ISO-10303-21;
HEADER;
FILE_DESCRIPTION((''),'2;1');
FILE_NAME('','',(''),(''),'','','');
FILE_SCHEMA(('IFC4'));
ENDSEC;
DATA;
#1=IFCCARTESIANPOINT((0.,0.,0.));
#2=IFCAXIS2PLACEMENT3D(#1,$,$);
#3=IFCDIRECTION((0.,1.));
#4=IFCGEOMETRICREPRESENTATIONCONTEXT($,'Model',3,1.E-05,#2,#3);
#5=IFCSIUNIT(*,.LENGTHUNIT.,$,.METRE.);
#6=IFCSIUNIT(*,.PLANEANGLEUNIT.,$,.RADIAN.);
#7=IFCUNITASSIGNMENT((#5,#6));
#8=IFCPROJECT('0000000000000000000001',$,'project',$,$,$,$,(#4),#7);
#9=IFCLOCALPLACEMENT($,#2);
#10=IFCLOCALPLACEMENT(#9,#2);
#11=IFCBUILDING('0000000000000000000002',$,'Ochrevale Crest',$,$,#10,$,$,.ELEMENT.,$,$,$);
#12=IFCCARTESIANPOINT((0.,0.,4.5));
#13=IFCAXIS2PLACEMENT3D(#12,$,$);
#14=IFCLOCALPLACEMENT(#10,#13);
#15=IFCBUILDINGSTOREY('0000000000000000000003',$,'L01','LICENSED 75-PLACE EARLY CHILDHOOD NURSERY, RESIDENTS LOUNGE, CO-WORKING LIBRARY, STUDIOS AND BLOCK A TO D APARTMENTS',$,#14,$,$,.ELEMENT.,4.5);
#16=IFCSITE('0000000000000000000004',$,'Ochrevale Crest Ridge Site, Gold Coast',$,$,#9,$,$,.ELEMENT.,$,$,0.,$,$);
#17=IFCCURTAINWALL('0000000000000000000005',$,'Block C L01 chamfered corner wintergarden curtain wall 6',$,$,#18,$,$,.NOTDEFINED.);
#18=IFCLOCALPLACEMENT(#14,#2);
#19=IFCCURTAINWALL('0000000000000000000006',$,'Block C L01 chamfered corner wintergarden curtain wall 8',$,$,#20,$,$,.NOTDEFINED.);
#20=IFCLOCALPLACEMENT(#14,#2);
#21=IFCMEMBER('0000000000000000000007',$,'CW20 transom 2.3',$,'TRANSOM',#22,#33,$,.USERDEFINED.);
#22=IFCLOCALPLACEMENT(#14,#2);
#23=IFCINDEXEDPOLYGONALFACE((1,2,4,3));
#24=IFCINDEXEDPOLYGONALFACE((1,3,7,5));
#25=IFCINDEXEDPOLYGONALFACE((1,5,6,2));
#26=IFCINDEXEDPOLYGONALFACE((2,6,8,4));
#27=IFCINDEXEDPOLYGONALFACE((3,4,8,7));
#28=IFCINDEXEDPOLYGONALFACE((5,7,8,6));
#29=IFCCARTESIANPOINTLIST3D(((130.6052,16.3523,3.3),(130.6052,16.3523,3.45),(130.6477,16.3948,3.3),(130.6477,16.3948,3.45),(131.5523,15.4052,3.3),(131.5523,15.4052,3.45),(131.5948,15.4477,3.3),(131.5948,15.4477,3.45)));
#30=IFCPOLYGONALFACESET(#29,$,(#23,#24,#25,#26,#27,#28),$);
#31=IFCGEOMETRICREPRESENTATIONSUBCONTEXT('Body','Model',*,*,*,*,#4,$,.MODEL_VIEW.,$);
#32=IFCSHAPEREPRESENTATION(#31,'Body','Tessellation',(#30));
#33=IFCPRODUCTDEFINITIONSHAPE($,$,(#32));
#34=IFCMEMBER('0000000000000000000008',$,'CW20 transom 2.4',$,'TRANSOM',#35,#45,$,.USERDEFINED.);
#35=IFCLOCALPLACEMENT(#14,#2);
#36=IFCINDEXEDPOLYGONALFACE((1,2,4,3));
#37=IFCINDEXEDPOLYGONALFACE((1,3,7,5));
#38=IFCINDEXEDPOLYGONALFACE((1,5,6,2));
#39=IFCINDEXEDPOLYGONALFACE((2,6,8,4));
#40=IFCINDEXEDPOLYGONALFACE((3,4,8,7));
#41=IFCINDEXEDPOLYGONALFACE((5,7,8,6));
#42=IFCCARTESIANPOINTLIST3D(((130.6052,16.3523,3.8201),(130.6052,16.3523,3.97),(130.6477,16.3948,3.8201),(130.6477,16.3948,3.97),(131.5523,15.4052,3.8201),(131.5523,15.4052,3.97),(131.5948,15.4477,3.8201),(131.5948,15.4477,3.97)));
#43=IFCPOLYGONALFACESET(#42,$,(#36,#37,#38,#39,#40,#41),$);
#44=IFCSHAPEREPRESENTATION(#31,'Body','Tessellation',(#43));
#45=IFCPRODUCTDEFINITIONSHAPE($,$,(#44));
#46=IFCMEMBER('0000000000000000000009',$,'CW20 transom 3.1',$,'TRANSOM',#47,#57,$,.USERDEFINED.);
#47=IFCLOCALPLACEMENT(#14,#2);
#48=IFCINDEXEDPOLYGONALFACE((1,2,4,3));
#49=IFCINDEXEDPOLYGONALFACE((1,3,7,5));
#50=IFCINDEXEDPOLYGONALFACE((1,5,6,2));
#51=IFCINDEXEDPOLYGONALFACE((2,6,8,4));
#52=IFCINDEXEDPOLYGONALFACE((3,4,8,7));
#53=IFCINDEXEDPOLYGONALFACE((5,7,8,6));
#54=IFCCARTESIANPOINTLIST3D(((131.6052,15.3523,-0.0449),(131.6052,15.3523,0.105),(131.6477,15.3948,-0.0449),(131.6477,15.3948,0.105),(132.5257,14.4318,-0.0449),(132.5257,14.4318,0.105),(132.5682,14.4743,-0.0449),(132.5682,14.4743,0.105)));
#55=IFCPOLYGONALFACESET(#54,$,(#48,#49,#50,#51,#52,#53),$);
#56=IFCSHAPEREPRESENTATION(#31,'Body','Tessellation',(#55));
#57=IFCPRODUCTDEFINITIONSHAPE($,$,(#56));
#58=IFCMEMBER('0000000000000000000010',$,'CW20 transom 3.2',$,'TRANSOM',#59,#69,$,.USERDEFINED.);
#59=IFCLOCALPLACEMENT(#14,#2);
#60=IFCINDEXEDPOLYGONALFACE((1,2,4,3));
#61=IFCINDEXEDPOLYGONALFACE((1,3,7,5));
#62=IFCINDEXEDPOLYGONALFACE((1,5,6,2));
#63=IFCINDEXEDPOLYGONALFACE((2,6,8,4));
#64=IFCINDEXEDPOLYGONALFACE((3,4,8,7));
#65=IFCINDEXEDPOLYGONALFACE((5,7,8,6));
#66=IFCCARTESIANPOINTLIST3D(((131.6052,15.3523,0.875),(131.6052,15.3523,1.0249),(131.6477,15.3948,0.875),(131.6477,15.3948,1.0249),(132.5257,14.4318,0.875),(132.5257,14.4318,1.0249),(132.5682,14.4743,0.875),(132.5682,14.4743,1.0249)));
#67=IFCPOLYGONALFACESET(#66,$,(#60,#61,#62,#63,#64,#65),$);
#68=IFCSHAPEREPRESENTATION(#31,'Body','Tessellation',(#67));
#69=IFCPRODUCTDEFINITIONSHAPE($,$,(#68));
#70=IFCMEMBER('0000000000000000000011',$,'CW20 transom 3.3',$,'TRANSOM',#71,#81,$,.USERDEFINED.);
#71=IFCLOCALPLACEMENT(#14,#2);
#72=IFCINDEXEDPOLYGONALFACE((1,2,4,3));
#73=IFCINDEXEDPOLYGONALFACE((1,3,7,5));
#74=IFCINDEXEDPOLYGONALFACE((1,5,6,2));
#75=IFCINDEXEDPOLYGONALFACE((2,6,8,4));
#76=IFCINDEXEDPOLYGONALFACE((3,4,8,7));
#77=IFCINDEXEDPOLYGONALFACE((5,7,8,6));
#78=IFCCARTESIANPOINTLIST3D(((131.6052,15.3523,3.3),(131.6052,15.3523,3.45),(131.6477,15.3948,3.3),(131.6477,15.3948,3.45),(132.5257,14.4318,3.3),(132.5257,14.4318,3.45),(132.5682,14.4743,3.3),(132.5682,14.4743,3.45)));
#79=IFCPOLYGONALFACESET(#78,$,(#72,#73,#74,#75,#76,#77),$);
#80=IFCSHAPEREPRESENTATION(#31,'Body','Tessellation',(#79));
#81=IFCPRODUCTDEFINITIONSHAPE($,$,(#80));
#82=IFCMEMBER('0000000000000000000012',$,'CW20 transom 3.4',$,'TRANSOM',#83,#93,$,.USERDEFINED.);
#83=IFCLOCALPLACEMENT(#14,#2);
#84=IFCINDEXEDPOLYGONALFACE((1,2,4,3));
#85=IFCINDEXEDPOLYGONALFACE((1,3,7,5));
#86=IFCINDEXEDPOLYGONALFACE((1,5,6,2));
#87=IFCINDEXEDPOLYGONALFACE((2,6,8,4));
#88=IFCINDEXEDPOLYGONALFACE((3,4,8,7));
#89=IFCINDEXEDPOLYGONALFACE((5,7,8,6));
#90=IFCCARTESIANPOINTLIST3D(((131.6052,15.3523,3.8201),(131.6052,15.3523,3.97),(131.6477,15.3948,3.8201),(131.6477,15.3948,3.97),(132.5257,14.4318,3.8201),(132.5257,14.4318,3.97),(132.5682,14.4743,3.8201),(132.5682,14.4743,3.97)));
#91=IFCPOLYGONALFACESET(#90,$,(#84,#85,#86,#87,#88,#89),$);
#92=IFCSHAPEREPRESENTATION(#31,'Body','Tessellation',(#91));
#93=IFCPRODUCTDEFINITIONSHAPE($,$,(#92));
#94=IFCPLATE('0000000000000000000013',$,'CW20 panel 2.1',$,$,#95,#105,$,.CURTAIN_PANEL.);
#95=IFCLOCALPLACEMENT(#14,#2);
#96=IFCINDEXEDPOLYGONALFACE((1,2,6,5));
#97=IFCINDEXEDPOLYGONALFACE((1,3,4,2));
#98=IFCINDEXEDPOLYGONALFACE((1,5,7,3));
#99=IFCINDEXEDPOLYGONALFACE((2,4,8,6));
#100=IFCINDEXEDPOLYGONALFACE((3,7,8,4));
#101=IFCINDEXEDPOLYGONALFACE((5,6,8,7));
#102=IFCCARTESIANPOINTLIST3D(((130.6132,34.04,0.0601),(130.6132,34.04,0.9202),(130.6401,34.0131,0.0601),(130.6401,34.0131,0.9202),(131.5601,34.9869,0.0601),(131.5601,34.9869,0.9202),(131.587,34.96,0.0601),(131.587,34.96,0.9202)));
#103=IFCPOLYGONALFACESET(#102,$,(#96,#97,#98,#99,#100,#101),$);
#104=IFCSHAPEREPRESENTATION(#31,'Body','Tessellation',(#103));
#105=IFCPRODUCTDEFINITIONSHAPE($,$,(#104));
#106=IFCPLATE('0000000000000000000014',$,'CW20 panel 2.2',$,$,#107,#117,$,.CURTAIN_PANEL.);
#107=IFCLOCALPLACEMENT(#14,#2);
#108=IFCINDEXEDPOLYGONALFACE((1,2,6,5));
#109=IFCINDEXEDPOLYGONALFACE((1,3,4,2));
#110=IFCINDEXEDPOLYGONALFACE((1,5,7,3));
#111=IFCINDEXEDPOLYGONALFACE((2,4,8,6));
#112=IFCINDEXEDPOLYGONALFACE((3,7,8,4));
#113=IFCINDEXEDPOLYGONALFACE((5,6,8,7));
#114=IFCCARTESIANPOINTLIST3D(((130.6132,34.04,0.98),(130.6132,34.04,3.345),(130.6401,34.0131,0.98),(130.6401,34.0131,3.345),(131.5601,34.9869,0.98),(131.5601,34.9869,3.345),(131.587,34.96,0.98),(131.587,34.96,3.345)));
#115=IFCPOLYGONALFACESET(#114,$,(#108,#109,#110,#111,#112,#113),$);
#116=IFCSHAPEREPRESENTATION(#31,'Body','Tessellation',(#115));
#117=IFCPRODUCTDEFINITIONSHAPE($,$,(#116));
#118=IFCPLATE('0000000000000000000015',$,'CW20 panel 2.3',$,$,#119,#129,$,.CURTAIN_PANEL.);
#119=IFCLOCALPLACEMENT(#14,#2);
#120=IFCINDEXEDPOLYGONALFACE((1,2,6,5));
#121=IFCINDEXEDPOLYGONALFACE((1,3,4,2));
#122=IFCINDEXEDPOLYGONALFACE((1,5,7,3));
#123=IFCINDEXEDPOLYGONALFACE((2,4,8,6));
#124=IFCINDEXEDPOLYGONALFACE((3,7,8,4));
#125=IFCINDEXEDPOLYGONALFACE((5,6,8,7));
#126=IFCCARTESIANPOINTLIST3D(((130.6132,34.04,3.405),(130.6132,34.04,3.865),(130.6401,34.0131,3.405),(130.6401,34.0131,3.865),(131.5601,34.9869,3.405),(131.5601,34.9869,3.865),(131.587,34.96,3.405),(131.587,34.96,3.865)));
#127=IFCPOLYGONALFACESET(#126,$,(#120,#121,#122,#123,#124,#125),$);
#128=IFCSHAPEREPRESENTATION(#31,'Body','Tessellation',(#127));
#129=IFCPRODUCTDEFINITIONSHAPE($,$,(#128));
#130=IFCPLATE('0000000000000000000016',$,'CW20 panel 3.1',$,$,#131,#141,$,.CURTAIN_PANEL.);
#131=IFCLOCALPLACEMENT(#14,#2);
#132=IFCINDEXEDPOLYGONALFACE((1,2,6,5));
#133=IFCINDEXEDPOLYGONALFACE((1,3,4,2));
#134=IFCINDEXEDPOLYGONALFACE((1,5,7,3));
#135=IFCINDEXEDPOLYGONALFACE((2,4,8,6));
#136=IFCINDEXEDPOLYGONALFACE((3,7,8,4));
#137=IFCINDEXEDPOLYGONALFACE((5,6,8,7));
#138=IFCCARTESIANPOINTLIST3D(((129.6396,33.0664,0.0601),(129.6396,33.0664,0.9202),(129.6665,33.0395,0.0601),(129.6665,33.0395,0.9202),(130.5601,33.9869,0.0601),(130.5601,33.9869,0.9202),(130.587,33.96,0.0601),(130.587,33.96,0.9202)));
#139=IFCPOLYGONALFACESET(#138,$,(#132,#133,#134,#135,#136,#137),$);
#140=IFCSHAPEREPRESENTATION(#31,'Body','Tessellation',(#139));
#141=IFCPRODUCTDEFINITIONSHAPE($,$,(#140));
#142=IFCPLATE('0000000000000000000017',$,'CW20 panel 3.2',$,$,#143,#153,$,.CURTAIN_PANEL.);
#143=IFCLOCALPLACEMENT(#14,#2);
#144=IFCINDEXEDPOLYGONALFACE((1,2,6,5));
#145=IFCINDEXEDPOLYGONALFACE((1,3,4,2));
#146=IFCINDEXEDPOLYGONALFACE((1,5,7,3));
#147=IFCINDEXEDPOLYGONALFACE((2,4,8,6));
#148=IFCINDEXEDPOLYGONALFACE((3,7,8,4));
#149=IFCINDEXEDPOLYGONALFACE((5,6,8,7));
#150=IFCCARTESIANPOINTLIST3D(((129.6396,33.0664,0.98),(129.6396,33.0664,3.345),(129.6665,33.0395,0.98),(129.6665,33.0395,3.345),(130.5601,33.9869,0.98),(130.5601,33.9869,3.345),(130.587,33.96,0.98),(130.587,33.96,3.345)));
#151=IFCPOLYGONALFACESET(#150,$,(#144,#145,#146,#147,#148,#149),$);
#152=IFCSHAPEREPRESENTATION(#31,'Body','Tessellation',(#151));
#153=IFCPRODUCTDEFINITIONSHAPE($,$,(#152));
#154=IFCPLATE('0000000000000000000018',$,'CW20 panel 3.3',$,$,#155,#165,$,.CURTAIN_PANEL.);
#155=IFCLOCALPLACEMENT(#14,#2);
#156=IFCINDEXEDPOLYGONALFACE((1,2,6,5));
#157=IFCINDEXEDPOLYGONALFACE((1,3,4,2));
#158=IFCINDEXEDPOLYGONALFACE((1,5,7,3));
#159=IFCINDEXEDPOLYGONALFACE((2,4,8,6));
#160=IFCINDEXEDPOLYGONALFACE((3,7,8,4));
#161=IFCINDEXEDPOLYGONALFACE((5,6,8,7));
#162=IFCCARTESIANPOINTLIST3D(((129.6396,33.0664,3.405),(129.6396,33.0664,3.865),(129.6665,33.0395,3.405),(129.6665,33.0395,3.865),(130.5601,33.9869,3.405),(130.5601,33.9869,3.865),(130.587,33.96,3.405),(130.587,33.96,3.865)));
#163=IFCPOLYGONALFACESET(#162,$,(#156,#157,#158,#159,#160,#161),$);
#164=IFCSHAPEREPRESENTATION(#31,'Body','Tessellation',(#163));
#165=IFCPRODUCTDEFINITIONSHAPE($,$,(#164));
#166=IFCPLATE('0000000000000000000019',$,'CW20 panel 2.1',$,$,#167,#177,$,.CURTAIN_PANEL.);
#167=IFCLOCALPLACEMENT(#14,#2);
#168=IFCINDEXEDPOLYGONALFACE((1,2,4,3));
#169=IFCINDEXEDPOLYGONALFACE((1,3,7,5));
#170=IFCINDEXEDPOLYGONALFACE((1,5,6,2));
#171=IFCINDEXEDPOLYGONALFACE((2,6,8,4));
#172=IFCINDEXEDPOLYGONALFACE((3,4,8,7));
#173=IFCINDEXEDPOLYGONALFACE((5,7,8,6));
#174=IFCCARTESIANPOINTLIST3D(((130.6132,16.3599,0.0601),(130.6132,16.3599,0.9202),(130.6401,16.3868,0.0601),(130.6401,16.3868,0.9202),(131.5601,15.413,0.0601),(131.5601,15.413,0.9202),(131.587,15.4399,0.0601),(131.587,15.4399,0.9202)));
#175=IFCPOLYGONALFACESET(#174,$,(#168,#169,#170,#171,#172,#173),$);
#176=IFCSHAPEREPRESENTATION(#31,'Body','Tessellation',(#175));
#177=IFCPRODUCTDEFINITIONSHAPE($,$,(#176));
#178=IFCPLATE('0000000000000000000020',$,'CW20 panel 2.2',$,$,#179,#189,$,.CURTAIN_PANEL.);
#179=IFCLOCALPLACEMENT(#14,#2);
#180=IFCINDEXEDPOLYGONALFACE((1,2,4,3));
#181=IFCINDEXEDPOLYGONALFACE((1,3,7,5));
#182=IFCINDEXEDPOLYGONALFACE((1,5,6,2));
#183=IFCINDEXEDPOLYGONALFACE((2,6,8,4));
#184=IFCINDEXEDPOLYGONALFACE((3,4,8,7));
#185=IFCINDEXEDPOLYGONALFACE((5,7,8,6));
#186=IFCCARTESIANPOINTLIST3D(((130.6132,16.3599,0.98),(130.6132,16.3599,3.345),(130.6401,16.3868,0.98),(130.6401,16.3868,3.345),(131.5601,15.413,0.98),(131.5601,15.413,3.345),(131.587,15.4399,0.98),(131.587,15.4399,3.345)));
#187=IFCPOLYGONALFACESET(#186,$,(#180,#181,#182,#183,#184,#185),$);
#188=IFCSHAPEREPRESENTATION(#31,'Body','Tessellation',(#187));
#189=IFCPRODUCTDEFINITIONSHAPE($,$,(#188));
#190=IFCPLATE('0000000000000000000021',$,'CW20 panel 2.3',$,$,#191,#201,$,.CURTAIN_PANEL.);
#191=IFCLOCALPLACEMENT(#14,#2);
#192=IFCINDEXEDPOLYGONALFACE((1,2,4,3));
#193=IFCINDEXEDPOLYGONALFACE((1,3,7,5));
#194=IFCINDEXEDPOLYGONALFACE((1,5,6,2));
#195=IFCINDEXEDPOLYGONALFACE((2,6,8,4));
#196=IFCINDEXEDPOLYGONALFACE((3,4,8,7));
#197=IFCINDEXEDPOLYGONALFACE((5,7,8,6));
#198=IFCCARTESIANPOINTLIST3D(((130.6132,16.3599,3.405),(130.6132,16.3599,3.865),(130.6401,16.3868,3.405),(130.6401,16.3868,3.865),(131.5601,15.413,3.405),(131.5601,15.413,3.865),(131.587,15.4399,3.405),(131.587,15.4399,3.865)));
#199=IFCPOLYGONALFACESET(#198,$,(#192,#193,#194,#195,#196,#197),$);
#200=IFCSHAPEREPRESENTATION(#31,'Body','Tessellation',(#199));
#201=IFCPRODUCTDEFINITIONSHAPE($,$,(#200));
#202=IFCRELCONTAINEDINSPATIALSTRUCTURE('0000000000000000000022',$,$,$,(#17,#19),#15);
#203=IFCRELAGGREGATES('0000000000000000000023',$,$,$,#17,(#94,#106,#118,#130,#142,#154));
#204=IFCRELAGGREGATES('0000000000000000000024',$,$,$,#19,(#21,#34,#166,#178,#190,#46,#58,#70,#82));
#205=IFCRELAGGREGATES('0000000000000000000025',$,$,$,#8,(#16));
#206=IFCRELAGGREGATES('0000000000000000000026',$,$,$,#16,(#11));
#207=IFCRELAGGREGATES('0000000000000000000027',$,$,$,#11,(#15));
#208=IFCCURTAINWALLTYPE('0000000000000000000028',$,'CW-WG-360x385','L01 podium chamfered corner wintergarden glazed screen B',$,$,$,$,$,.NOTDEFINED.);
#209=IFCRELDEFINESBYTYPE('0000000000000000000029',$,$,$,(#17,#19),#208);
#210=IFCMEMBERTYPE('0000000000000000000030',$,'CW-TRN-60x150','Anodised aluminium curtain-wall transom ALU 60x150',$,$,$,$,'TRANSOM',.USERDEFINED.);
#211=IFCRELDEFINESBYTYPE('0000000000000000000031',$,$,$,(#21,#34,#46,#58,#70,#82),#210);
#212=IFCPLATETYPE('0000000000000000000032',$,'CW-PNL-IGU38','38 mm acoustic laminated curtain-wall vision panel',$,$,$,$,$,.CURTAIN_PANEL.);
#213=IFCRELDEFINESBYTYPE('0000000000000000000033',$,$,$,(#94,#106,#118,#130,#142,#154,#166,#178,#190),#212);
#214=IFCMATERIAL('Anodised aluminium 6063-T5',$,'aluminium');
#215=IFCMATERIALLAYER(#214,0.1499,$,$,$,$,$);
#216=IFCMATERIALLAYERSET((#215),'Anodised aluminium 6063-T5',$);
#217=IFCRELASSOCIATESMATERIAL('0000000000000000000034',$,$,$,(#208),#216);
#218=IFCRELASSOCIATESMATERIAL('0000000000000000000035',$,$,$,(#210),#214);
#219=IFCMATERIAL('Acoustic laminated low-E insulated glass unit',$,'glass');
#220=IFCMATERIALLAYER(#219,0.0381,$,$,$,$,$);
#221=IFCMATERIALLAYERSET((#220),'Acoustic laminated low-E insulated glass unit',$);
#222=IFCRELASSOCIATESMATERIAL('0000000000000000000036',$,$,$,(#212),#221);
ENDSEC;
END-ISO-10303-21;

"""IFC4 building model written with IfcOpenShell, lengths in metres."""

from ifc_helpers import new_model, si_unit, direction, frame, origin, origin_2d, place, context, subcontext, project, spatial, rectangle, extrude, material, layer, layer_set, material_profile, profile_set, type_object, element, aggregate, save


model = new_model("IFC4")

# Units and contexts
model_context = context("Model", 3, precision=1e-05, world=origin(), true_north=direction((0.0, 1.0)))
body_context = subcontext(model_context, "Body", "Model", "MODEL_VIEW")
ifc_project = project(units=[si_unit("LENGTHUNIT", "METRE"), si_unit("PLANEANGLEUNIT", "RADIAN")], contexts=[model_context])

# Site, building, storey
site_placement = place(None, origin())
site = spatial("IfcSite", under=ifc_project, at=site_placement, Name="Ochrevale Crest Ridge Site, Gold Coast", CompositionType="ELEMENT", RefElevation=0.0)
building_placement = place(site_placement, origin())
building = spatial("IfcBuilding", under=site, at=building_placement, Name="Ochrevale Crest", CompositionType="ELEMENT")
storey_placement = place(building_placement, frame((0.0, 0.0, 4.5)))
storey = spatial("IfcBuildingStorey", under=building, at=storey_placement, Name="L01", Description="LICENSED 75-PLACE EARLY CHILDHOOD NURSERY, RESIDENTS LOUNGE, CO-WORKING LIBRARY, STUDIOS AND BLOCK A TO D APARTMENTS", CompositionType="ELEMENT", Elevation=4.5)

# Curtain walls
ifc_material_1 = material(Name="Anodised aluminium 6063-T5", Category="aluminium")
ifc_layer_1 = layer(ifc_material_1, 0.1499)
ifc_layer_set_1 = layer_set([ifc_layer_1], Name="Anodised aluminium 6063-T5")
curtain_wall_type = type_object("IfcCurtainWallType", Name="CW-WG-360x385", Description="L01 podium chamfered corner wintergarden glazed screen B", PredefinedType="NOTDEFINED", material=ifc_layer_set_1)
curtain_wall_1_placement = place(storey_placement, origin())
curtain_wall_1 = element("IfcCurtainWall", 1, at=curtain_wall_1_placement, inside=storey, type_object=curtain_wall_type, Name="Block C L01 chamfered corner wintergarden curtain wall 6", PredefinedType="NOTDEFINED")
curtain_wall_2_placement = place(storey_placement, origin())
curtain_wall_2 = element("IfcCurtainWall", 2, at=curtain_wall_2_placement, inside=storey, type_object=curtain_wall_type, Name="Block C L01 chamfered corner wintergarden curtain wall 8", PredefinedType="NOTDEFINED")

# Members
ifc_material_profile_1 = material_profile(ifc_material_1, rectangle(XDim=0.0601, YDim=0.1499, at=origin_2d()), Name="ALU 60x150")
ifc_profile_set_1 = profile_set([ifc_material_profile_1], Name="Anodised aluminium 6063-T5")
member_type_1 = type_object("IfcMemberType", Name="CW-TRN-60x150", Description="Anodised aluminium curtain-wall transom ALU 60x150", ElementType="TRANSOM", PredefinedType="USERDEFINED", material=ifc_profile_set_1)
member_1_placement = place(storey_placement, frame((130.6265, 16.3735, 3.375), z_axis=(0.707107, -0.707107, 0.0), x_axis=(0.707107, 0.707107, 0.0)))
member_1 = element("IfcMember", 3, at=member_1_placement, type_object=member_type_1, Name="CW20 transom 2.3", ObjectType="TRANSOM", PredefinedType="USERDEFINED", context=body_context, shape_type="SweptSolid", body=[
    extrude(rectangle(XDim=0.0601, YDim=0.1499, at=origin_2d()), origin(), (0.0, 0.0, 1.0), 1.3394),
])
member_2_placement = place(storey_placement, frame((130.6265, 16.3735, 3.895), z_axis=(0.707107, -0.707107, 0.0), x_axis=(0.707107, 0.707107, 0.0)))
member_2 = element("IfcMember", 4, at=member_2_placement, type_object=member_type_1, Name="CW20 transom 2.4", ObjectType="TRANSOM", PredefinedType="USERDEFINED", context=body_context, shape_type="SweptSolid", body=[
    extrude(rectangle(XDim=0.0601, YDim=0.1499, at=origin_2d()), origin(), (0.0, 0.0, 1.0), 1.3394),
])
member_3_placement = place(storey_placement, frame((131.6265, 15.3735, 0.03), z_axis=(0.707107, -0.707107, 0.0), x_axis=(0.707107, 0.707107, 0.0)))
member_3 = element("IfcMember", 5, at=member_3_placement, type_object=member_type_1, Name="CW20 transom 3.1", ObjectType="TRANSOM", PredefinedType="USERDEFINED", context=body_context, shape_type="SweptSolid", body=[
    extrude(rectangle(XDim=0.0601, YDim=0.1499, at=origin_2d()), origin(), (0.0, 0.0, 1.0), 1.3018),
])
member_4_placement = place(storey_placement, frame((131.6265, 15.3735, 0.95), z_axis=(0.707107, -0.707107, 0.0), x_axis=(0.707107, 0.707107, 0.0)))
member_4 = element("IfcMember", 6, at=member_4_placement, type_object=member_type_1, Name="CW20 transom 3.2", ObjectType="TRANSOM", PredefinedType="USERDEFINED", context=body_context, shape_type="SweptSolid", body=[
    extrude(rectangle(XDim=0.0601, YDim=0.1499, at=origin_2d()), origin(), (0.0, 0.0, 1.0), 1.3018),
])
member_5_placement = place(storey_placement, frame((131.6265, 15.3735, 3.375), z_axis=(0.707107, -0.707107, 0.0), x_axis=(0.707107, 0.707107, 0.0)))
member_5 = element("IfcMember", 7, at=member_5_placement, type_object=member_type_1, Name="CW20 transom 3.3", ObjectType="TRANSOM", PredefinedType="USERDEFINED", context=body_context, shape_type="SweptSolid", body=[
    extrude(rectangle(XDim=0.0601, YDim=0.1499, at=origin_2d()), origin(), (0.0, 0.0, 1.0), 1.3018),
])
member_6_placement = place(storey_placement, frame((131.6265, 15.3735, 3.895), z_axis=(0.707107, -0.707107, 0.0), x_axis=(0.707107, 0.707107, 0.0)))
member_6 = element("IfcMember", 8, at=member_6_placement, type_object=member_type_1, Name="CW20 transom 3.4", ObjectType="TRANSOM", PredefinedType="USERDEFINED", context=body_context, shape_type="SweptSolid", body=[
    extrude(rectangle(XDim=0.0601, YDim=0.1499, at=origin_2d()), origin(), (0.0, 0.0, 1.0), 1.3018),
])

# Plates
ifc_material_2 = material(Name="Acoustic laminated low-E insulated glass unit", Category="glass")
ifc_layer_2 = layer(ifc_material_2, 0.0381)
ifc_layer_set_2 = layer_set([ifc_layer_2], Name="Acoustic laminated low-E insulated glass unit")
plate_type = type_object("IfcPlateType", Name="CW-PNL-IGU38", Description="38 mm acoustic laminated curtain-wall vision panel", PredefinedType="CURTAIN_PANEL", material=ifc_layer_set_2)
plate_1_placement = place(storey_placement, frame((131.1001, 34.5, 0.0601), z_axis=(0.0, 0.0, 1.0), x_axis=(-0.707107, -0.707107, 0.0)))
plate_1 = element("IfcPlate", 9, at=plate_1_placement, type_object=plate_type, Name="CW20 panel 2.1", PredefinedType="CURTAIN_PANEL", context=body_context, shape_type="SweptSolid", body=[
    extrude(rectangle(XDim=1.3391, YDim=0.0381, at=origin_2d()), origin(), (0.0, 0.0, 1.0), 0.8601),
])
plate_2_placement = place(storey_placement, frame((131.1001, 34.5, 0.98), z_axis=(0.0, 0.0, 1.0), x_axis=(-0.707107, -0.707107, 0.0)))
plate_2 = element("IfcPlate", 10, at=plate_2_placement, type_object=plate_type, Name="CW20 panel 2.2", PredefinedType="CURTAIN_PANEL", context=body_context, shape_type="SweptSolid", body=[
    extrude(rectangle(XDim=1.3391, YDim=0.0381, at=origin_2d()), origin(), (0.0, 0.0, 1.0), 2.365),
])
plate_3_placement = place(storey_placement, frame((131.1001, 34.5, 3.405), z_axis=(0.0, 0.0, 1.0), x_axis=(-0.707107, -0.707107, 0.0)))
plate_3 = element("IfcPlate", 11, at=plate_3_placement, type_object=plate_type, Name="CW20 panel 2.3", PredefinedType="CURTAIN_PANEL", context=body_context, shape_type="SweptSolid", body=[
    extrude(rectangle(XDim=1.3391, YDim=0.0381, at=origin_2d()), origin(), (0.0, 0.0, 1.0), 0.46),
])
plate_4_placement = place(storey_placement, frame((130.1133, 33.5132, 0.0601), z_axis=(0.0, 0.0, 1.0), x_axis=(-0.707107, -0.707107, 0.0)))
plate_4 = element("IfcPlate", 12, at=plate_4_placement, type_object=plate_type, Name="CW20 panel 3.1", PredefinedType="CURTAIN_PANEL", context=body_context, shape_type="SweptSolid", body=[
    extrude(rectangle(XDim=1.3018, YDim=0.0381, at=origin_2d()), origin(), (0.0, 0.0, 1.0), 0.8601),
])
plate_5_placement = place(storey_placement, frame((130.1133, 33.5132, 0.98), z_axis=(0.0, 0.0, 1.0), x_axis=(-0.707107, -0.707107, 0.0)))
plate_5 = element("IfcPlate", 13, at=plate_5_placement, type_object=plate_type, Name="CW20 panel 3.2", PredefinedType="CURTAIN_PANEL", context=body_context, shape_type="SweptSolid", body=[
    extrude(rectangle(XDim=1.3018, YDim=0.0381, at=origin_2d()), origin(), (0.0, 0.0, 1.0), 2.365),
])
plate_6_placement = place(storey_placement, frame((130.1133, 33.5132, 3.405), z_axis=(0.0, 0.0, 1.0), x_axis=(-0.707107, -0.707107, 0.0)))
plate_6 = element("IfcPlate", 14, at=plate_6_placement, type_object=plate_type, Name="CW20 panel 3.3", PredefinedType="CURTAIN_PANEL", context=body_context, shape_type="SweptSolid", body=[
    extrude(rectangle(XDim=1.3018, YDim=0.0381, at=origin_2d()), origin(), (0.0, 0.0, 1.0), 0.46),
])
aggregate(curtain_wall_1, [plate_1, plate_2, plate_3, plate_4, plate_5, plate_6])
plate_7_placement = place(storey_placement, frame((131.1001, 15.8999, 0.0601), z_axis=(0.0, 0.0, 1.0), x_axis=(0.707107, -0.707107, 0.0)))
plate_7 = element("IfcPlate", 15, at=plate_7_placement, type_object=plate_type, Name="CW20 panel 2.1", PredefinedType="CURTAIN_PANEL", context=body_context, shape_type="SweptSolid", body=[
    extrude(rectangle(XDim=1.3391, YDim=0.0381, at=origin_2d()), origin(), (0.0, 0.0, 1.0), 0.8601),
])
plate_8_placement = place(storey_placement, frame((131.1001, 15.8999, 0.98), z_axis=(0.0, 0.0, 1.0), x_axis=(0.707107, -0.707107, 0.0)))
plate_8 = element("IfcPlate", 16, at=plate_8_placement, type_object=plate_type, Name="CW20 panel 2.2", PredefinedType="CURTAIN_PANEL", context=body_context, shape_type="SweptSolid", body=[
    extrude(rectangle(XDim=1.3391, YDim=0.0381, at=origin_2d()), origin(), (0.0, 0.0, 1.0), 2.365),
])
plate_9_placement = place(storey_placement, frame((131.1001, 15.8999, 3.405), z_axis=(0.0, 0.0, 1.0), x_axis=(0.707107, -0.707107, 0.0)))
plate_9 = element("IfcPlate", 17, at=plate_9_placement, type_object=plate_type, Name="CW20 panel 2.3", PredefinedType="CURTAIN_PANEL", context=body_context, shape_type="SweptSolid", body=[
    extrude(rectangle(XDim=1.3391, YDim=0.0381, at=origin_2d()), origin(), (0.0, 0.0, 1.0), 0.46),
])
aggregate(curtain_wall_2, [member_1, member_2, plate_7, plate_8, plate_9, member_3, member_4, member_5, member_6])

save(model, "model.ifc")
